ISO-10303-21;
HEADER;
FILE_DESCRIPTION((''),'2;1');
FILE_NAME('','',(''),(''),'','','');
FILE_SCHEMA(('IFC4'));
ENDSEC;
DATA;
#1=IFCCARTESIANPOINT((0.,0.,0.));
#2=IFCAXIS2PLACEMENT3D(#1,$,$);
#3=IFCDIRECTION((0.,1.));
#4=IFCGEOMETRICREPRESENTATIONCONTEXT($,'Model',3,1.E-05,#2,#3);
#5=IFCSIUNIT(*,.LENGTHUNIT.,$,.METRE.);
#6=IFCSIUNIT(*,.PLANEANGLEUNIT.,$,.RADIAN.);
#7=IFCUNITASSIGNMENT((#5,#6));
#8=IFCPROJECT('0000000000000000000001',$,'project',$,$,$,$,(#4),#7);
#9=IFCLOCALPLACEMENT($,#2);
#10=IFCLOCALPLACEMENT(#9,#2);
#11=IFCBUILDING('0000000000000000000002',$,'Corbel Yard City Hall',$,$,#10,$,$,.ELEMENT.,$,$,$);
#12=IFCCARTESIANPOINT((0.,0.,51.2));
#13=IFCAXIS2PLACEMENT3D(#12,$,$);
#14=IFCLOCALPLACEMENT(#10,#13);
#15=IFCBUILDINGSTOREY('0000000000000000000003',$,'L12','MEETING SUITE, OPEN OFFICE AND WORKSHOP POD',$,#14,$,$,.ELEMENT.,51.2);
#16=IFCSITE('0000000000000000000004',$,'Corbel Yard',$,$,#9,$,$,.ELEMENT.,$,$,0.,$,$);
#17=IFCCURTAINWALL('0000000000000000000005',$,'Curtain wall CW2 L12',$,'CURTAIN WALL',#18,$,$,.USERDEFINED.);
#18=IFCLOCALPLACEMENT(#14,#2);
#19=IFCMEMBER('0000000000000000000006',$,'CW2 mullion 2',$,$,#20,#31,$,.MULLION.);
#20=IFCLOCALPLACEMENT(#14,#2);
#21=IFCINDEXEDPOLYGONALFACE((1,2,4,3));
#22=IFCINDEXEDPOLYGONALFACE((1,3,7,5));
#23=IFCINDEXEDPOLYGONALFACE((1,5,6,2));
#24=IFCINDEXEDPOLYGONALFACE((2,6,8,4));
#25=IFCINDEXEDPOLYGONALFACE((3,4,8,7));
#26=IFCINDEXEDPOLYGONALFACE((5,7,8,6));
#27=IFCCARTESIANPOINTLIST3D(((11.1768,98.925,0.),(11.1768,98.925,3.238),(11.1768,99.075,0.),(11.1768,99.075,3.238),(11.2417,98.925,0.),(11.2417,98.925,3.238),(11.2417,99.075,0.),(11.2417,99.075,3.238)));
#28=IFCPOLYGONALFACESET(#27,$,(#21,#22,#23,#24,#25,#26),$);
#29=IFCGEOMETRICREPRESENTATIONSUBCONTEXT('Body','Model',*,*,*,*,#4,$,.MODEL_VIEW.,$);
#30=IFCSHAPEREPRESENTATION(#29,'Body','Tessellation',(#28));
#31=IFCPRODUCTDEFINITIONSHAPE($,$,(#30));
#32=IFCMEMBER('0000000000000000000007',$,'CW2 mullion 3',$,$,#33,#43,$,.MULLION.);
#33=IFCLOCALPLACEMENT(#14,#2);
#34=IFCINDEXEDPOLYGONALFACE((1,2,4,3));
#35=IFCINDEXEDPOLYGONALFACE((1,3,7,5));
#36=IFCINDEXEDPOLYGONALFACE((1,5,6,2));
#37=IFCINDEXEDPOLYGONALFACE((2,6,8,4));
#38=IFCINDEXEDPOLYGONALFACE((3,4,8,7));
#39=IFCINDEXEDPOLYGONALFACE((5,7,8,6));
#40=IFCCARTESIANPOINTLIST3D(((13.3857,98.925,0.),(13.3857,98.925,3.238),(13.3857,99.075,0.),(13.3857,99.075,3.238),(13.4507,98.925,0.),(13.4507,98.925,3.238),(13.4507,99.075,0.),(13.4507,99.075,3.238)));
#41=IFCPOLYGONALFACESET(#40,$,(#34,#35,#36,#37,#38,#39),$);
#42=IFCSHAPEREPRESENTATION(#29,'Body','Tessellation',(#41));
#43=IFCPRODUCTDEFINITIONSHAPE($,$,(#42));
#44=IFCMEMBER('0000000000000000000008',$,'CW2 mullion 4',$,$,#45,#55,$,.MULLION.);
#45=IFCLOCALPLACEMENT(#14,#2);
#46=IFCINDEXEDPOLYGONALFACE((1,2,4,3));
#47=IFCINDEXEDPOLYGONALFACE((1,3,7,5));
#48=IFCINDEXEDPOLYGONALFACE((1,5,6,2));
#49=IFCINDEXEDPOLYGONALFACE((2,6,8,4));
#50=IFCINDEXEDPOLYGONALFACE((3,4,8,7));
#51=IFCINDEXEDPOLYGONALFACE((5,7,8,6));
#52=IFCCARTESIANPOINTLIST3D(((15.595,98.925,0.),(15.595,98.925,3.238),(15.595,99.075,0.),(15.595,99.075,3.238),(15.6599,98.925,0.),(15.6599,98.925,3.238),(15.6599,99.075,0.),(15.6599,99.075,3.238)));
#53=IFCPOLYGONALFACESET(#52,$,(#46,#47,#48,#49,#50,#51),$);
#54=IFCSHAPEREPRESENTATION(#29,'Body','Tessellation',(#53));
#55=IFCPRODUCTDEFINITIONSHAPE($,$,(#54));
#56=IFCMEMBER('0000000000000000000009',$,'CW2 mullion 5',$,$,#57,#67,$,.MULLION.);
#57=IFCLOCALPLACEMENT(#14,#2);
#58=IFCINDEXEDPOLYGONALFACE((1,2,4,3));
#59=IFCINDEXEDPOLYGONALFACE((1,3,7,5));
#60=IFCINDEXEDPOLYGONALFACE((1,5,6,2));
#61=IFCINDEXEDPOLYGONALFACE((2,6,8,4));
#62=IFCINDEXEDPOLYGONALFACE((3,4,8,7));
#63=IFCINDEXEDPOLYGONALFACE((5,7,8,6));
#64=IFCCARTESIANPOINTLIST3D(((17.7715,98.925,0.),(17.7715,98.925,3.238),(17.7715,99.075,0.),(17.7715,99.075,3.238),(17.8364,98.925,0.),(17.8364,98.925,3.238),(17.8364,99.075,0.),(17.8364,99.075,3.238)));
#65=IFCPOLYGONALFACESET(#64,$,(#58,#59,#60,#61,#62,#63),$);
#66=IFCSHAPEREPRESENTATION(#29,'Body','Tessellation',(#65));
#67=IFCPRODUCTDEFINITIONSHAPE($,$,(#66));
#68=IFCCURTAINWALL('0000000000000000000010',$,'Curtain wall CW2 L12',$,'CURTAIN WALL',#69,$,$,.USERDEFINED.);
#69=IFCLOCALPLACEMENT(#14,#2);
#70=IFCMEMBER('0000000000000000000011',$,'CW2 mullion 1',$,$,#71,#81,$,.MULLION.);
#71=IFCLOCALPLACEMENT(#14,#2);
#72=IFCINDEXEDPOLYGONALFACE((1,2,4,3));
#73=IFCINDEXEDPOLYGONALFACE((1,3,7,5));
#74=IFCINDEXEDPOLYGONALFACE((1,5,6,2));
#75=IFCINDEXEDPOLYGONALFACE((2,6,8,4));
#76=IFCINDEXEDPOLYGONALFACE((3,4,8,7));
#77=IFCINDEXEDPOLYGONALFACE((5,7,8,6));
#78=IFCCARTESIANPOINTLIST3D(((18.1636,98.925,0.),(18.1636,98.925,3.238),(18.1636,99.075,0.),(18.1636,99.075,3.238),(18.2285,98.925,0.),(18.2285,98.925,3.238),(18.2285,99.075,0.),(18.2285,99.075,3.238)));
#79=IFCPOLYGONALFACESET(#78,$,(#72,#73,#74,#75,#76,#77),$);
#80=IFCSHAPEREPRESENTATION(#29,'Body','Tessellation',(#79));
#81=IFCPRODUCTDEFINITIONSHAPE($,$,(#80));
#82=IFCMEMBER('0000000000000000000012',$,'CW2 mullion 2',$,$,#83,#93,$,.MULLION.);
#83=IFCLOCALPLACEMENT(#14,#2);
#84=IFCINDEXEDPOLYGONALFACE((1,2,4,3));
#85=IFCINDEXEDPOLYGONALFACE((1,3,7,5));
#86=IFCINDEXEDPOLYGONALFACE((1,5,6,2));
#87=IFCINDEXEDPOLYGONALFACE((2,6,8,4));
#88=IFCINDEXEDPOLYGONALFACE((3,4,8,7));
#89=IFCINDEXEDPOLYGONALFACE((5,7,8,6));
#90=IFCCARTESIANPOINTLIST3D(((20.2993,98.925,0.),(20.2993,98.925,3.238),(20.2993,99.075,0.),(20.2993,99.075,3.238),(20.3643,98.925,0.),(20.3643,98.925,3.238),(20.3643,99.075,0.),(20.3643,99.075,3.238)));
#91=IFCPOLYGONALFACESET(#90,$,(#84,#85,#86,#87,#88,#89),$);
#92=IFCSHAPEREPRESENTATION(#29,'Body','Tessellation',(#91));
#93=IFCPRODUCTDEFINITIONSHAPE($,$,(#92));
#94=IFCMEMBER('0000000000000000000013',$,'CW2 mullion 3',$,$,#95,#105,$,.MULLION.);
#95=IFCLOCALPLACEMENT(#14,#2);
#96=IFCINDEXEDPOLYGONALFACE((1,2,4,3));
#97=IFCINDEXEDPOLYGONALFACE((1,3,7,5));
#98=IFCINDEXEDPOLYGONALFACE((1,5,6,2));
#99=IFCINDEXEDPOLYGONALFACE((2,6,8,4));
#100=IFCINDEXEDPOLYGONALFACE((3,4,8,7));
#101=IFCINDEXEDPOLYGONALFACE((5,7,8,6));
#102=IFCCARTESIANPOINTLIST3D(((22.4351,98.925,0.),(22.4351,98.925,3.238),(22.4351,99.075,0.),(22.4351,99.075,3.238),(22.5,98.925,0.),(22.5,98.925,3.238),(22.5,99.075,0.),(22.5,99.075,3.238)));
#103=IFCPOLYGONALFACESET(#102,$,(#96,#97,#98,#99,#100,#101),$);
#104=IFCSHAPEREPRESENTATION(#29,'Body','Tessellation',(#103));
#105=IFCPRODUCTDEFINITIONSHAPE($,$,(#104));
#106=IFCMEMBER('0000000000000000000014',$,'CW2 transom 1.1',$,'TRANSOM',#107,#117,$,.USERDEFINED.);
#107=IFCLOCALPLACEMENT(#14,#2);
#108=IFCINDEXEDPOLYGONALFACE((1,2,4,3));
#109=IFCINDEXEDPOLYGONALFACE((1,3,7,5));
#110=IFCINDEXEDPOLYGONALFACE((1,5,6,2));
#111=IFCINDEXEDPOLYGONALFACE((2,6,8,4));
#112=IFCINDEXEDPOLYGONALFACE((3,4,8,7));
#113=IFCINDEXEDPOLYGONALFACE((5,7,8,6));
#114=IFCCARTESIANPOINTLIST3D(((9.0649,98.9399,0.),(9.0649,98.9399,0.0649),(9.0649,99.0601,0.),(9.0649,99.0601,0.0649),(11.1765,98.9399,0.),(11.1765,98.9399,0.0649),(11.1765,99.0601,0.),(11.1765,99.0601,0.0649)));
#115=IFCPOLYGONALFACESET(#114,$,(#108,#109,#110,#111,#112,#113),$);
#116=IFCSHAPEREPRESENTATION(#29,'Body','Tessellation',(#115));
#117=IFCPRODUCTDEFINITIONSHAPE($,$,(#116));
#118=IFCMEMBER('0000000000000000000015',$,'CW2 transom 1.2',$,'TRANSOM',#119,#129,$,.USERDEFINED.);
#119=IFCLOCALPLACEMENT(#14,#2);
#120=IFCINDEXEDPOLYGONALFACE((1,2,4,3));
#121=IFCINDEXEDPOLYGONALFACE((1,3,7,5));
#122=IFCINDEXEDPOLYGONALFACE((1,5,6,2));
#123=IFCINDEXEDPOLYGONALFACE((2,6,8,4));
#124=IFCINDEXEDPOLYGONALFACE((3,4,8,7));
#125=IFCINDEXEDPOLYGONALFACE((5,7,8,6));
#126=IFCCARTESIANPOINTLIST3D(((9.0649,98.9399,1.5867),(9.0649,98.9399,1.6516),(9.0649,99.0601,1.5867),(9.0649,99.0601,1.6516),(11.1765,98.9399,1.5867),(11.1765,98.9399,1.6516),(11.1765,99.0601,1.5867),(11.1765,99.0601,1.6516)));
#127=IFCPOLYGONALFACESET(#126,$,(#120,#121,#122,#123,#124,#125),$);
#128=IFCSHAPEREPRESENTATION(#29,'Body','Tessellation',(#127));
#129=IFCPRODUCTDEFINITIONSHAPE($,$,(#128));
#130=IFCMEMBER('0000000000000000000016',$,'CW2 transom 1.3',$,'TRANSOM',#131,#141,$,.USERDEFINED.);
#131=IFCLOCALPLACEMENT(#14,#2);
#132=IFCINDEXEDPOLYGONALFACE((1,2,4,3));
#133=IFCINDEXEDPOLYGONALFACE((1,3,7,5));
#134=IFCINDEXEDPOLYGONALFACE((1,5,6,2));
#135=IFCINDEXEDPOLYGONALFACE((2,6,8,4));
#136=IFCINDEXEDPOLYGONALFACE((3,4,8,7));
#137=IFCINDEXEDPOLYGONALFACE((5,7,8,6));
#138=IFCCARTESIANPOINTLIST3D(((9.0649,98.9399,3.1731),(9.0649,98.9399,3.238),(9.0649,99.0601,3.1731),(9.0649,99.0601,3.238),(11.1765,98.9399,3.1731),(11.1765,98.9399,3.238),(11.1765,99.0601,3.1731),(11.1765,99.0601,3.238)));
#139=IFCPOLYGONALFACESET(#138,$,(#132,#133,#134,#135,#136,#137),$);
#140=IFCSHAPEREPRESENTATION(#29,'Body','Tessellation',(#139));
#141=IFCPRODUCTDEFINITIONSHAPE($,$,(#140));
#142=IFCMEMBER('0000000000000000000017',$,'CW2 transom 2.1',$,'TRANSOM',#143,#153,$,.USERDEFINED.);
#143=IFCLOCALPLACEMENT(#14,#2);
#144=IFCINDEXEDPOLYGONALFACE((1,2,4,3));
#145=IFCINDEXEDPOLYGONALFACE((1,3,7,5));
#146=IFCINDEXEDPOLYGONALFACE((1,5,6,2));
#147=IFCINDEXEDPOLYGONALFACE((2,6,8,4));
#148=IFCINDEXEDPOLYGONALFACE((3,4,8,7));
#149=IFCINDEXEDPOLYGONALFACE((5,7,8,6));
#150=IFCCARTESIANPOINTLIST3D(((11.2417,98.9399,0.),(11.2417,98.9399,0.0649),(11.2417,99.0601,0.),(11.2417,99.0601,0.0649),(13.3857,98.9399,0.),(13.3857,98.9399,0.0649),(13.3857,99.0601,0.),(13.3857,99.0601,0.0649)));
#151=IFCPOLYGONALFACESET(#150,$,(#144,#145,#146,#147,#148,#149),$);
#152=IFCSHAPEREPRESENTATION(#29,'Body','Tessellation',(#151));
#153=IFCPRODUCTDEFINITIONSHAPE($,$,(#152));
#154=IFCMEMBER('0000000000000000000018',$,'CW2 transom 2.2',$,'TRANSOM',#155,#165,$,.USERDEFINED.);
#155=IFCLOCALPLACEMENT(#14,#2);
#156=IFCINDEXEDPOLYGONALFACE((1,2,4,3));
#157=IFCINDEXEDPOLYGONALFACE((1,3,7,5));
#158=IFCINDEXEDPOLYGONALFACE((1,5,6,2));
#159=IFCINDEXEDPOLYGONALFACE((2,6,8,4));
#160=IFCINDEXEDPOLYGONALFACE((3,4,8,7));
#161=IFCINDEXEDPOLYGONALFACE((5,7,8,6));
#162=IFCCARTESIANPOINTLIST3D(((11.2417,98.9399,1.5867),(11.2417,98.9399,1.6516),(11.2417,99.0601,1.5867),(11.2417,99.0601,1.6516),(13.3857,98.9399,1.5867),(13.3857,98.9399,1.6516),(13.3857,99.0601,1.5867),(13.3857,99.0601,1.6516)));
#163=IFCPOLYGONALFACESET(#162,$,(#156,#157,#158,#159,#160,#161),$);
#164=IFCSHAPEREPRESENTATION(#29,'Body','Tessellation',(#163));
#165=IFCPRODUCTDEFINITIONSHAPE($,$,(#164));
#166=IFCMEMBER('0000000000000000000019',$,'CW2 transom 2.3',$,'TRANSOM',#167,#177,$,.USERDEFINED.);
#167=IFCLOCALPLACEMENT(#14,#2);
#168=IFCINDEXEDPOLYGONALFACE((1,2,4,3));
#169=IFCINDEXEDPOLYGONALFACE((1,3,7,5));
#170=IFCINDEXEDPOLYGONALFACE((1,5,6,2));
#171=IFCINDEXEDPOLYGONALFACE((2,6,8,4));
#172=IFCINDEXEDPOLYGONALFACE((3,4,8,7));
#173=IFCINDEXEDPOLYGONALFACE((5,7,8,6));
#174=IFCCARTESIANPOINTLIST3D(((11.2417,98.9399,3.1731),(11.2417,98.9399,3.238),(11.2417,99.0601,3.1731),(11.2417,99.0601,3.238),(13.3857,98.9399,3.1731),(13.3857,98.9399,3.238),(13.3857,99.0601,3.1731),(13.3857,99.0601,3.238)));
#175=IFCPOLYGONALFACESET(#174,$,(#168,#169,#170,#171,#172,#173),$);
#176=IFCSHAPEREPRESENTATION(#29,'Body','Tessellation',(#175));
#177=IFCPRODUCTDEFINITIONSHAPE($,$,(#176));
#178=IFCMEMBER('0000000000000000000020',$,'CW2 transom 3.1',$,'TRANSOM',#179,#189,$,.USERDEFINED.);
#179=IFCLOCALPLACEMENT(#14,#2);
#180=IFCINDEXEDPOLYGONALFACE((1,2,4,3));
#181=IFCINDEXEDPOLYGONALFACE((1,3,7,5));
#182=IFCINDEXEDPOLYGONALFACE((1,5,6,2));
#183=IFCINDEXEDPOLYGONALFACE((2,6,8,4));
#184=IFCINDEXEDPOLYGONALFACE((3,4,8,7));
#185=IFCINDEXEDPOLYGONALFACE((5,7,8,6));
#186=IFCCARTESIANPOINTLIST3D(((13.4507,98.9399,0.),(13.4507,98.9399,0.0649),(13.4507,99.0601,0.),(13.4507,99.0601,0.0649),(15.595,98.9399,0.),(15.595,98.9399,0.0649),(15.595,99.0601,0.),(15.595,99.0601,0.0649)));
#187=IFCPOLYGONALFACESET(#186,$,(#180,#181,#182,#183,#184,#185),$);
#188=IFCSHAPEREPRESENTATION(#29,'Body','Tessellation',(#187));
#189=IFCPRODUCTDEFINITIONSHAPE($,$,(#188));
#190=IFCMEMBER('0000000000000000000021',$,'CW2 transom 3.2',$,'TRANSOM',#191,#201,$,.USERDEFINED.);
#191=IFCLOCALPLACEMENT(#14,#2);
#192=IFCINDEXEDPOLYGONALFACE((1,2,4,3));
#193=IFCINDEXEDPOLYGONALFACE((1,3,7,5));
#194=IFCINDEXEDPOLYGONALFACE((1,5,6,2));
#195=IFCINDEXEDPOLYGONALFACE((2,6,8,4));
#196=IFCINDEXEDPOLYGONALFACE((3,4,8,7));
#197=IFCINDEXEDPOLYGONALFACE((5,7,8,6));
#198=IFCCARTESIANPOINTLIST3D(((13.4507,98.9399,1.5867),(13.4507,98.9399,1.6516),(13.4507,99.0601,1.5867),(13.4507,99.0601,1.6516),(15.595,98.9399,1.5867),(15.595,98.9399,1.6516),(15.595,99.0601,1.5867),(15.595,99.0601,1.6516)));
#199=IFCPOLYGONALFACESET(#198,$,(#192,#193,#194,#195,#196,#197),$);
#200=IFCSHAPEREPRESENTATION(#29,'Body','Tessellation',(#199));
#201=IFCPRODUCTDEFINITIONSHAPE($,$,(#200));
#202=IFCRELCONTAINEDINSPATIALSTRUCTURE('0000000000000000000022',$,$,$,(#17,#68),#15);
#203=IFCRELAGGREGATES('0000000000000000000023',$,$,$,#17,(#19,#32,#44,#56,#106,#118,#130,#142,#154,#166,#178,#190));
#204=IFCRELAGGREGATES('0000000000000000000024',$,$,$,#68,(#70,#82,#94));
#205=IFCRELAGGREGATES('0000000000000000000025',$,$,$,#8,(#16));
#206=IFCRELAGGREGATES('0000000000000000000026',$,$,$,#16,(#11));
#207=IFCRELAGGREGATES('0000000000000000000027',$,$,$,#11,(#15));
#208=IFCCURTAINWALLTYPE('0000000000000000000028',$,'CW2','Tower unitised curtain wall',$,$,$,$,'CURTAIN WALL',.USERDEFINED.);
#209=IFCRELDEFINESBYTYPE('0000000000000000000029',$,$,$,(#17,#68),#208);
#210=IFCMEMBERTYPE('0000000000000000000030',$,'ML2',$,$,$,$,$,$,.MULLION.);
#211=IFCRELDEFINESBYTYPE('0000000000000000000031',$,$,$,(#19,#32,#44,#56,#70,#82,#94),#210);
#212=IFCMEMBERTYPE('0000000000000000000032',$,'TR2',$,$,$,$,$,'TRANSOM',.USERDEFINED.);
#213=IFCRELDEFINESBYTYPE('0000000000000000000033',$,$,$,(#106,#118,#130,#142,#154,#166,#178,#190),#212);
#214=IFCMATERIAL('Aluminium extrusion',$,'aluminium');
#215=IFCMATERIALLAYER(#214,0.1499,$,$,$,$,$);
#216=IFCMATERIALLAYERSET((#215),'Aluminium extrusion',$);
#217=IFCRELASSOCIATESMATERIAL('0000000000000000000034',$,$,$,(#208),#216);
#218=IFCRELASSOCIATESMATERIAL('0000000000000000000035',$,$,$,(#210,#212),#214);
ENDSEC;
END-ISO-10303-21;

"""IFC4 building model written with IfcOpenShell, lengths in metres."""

from ifc_helpers import new_model, si_unit, direction, frame, origin, origin_2d, place, context, subcontext, project, spatial, rectangle, extrude, material, layer, layer_set, material_profile, profile_set, type_object, element, aggregate, save


model = new_model("IFC4")

# Units and contexts
model_context = context("Model", 3, precision=1e-05, world=origin(), true_north=direction((0.0, 1.0)))
body_context = subcontext(model_context, "Body", "Model", "MODEL_VIEW")
ifc_project = project(units=[si_unit("LENGTHUNIT", "METRE"), si_unit("PLANEANGLEUNIT", "RADIAN")], contexts=[model_context])

# Site, building, storey
site_placement = place(None, origin())
site = spatial("IfcSite", under=ifc_project, at=site_placement, Name="Corbel Yard", CompositionType="ELEMENT", RefElevation=0.0)
building_placement = place(site_placement, origin())
building = spatial("IfcBuilding", under=site, at=building_placement, Name="Corbel Yard City Hall", CompositionType="ELEMENT")
storey_placement = place(building_placement, frame((0.0, 0.0, 51.2)))
storey = spatial("IfcBuildingStorey", under=building, at=storey_placement, Name="L12", Description="MEETING SUITE, OPEN OFFICE AND WORKSHOP POD", CompositionType="ELEMENT", Elevation=51.2)

# Curtain walls, members
ifc_material_1 = material(Name="Aluminium extrusion", Category="aluminium")
ifc_layer_1 = layer(ifc_material_1, 0.1499)
ifc_layer_set_1 = layer_set([ifc_layer_1], Name="Aluminium extrusion")
curtain_wall_type = type_object("IfcCurtainWallType", Name="CW2", Description="Tower unitised curtain wall", ElementType="CURTAIN WALL", PredefinedType="USERDEFINED", material=ifc_layer_set_1)
curtain_wall_1_placement = place(storey_placement, origin())
curtain_wall_1 = element("IfcCurtainWall", 1, at=curtain_wall_1_placement, inside=storey, type_object=curtain_wall_type, Name="Curtain wall CW2 L12", ObjectType="CURTAIN WALL", PredefinedType="USERDEFINED")
ifc_material_profile_1 = material_profile(ifc_material_1, rectangle(XDim=0.1499, YDim=0.0649, at=origin_2d()), Name="150x65")
ifc_profile_set_1 = profile_set([ifc_material_profile_1], Name="Aluminium extrusion")
member_type_1 = type_object("IfcMemberType", Name="ML2", PredefinedType="MULLION", material=ifc_profile_set_1)
member_1_placement = place(storey_placement, frame((11.2092, 99.0, 0.0), z_axis=(0.0, 0.0, 1.0), x_axis=(0.0, 1.0, 0.0)))
member_1 = element("IfcMember", 2, at=member_1_placement, type_object=member_type_1, Name="CW2 mullion 2", PredefinedType="MULLION", context=body_context, shape_type="SweptSolid", body=[
    extrude(rectangle(XDim=0.1499, YDim=0.0649, at=origin_2d()), origin(), (0.0, 0.0, 1.0), 3.238),
])
member_2_placement = place(storey_placement, frame((13.4182, 99.0, 0.0), z_axis=(0.0, 0.0, 1.0), x_axis=(0.0, 1.0, 0.0)))
member_2 = element("IfcMember", 3, at=member_2_placement, type_object=member_type_1, Name="CW2 mullion 3", PredefinedType="MULLION", context=body_context, shape_type="SweptSolid", body=[
    extrude(rectangle(XDim=0.1499, YDim=0.0649, at=origin_2d()), origin(), (0.0, 0.0, 1.0), 3.238),
])
member_3_placement = place(storey_placement, frame((15.6274, 99.0, 0.0), z_axis=(0.0, 0.0, 1.0), x_axis=(0.0, 1.0, 0.0)))
member_3 = element("IfcMember", 4, at=member_3_placement, type_object=member_type_1, Name="CW2 mullion 4", PredefinedType="MULLION", context=body_context, shape_type="SweptSolid", body=[
    extrude(rectangle(XDim=0.1499, YDim=0.0649, at=origin_2d()), origin(), (0.0, 0.0, 1.0), 3.238),
])
member_4_placement = place(storey_placement, frame((17.804, 99.0, 0.0), z_axis=(0.0, 0.0, 1.0), x_axis=(0.0, 1.0, 0.0)))
member_4 = element("IfcMember", 5, at=member_4_placement, type_object=member_type_1, Name="CW2 mullion 5", PredefinedType="MULLION", context=body_context, shape_type="SweptSolid", body=[
    extrude(rectangle(XDim=0.1499, YDim=0.0649, at=origin_2d()), origin(), (0.0, 0.0, 1.0), 3.238),
])
curtain_wall_2_placement = place(storey_placement, origin())
curtain_wall_2 = element("IfcCurtainWall", 6, at=curtain_wall_2_placement, inside=storey, type_object=curtain_wall_type, Name="Curtain wall CW2 L12", ObjectType="CURTAIN WALL", PredefinedType="USERDEFINED")
member_5_placement = place(storey_placement, frame((18.196, 99.0, 0.0), z_axis=(0.0, 0.0, 1.0), x_axis=(0.0, 1.0, 0.0)))
member_5 = element("IfcMember", 7, at=member_5_placement, type_object=member_type_1, Name="CW2 mullion 1", PredefinedType="MULLION", context=body_context, shape_type="SweptSolid", body=[
    extrude(rectangle(XDim=0.1499, YDim=0.0649, at=origin_2d()), origin(), (0.0, 0.0, 1.0), 3.238),
])
member_6_placement = place(storey_placement, frame((20.3318, 99.0, 0.0), z_axis=(0.0, 0.0, 1.0), x_axis=(0.0, 1.0, 0.0)))
member_6 = element("IfcMember", 8, at=member_6_placement, type_object=member_type_1, Name="CW2 mullion 2", PredefinedType="MULLION", context=body_context, shape_type="SweptSolid", body=[
    extrude(rectangle(XDim=0.1499, YDim=0.0649, at=origin_2d()), origin(), (0.0, 0.0, 1.0), 3.238),
])
member_7_placement = place(storey_placement, frame((22.4675, 99.0, 0.0), z_axis=(0.0, 0.0, 1.0), x_axis=(0.0, 1.0, 0.0)))
member_7 = element("IfcMember", 9, at=member_7_placement, type_object=member_type_1, Name="CW2 mullion 3", PredefinedType="MULLION", context=body_context, shape_type="SweptSolid", body=[
    extrude(rectangle(XDim=0.1499, YDim=0.0649, at=origin_2d()), origin(), (0.0, 0.0, 1.0), 3.238),
])

# Members
ifc_material_profile_2 = material_profile(ifc_material_1, rectangle(XDim=0.1201, YDim=0.0649, at=origin_2d()), Name="120x65")
ifc_profile_set_2 = profile_set([ifc_material_profile_2], Name="Aluminium extrusion")
member_type_2 = type_object("IfcMemberType", Name="TR2", ElementType="TRANSOM", PredefinedType="USERDEFINED", material=ifc_profile_set_2)
member_8_placement = place(storey_placement, frame((9.0649, 99.0, 0.0325), z_axis=(1.0, 0.0, 0.0), x_axis=(0.0, 1.0, 0.0)))
member_8 = element("IfcMember", 10, at=member_8_placement, type_object=member_type_2, Name="CW2 transom 1.1", ObjectType="TRANSOM", PredefinedType="USERDEFINED", context=body_context, shape_type="SweptSolid", body=[
    extrude(rectangle(XDim=0.1201, YDim=0.0649, at=origin_2d()), origin(), (0.0, 0.0, 1.0), 2.1116),
])
member_9_placement = place(storey_placement, frame((9.0649, 99.0, 1.6191), z_axis=(1.0, 0.0, 0.0), x_axis=(0.0, 1.0, 0.0)))
member_9 = element("IfcMember", 11, at=member_9_placement, type_object=member_type_2, Name="CW2 transom 1.2", ObjectType="TRANSOM", PredefinedType="USERDEFINED", context=body_context, shape_type="SweptSolid", body=[
    extrude(rectangle(XDim=0.1201, YDim=0.0649, at=origin_2d()), origin(), (0.0, 0.0, 1.0), 2.1116),
])
member_10_placement = place(storey_placement, frame((9.0649, 99.0, 3.2056), z_axis=(1.0, 0.0, 0.0), x_axis=(0.0, 1.0, 0.0)))
member_10 = element("IfcMember", 12, at=member_10_placement, type_object=member_type_2, Name="CW2 transom 1.3", ObjectType="TRANSOM", PredefinedType="USERDEFINED", context=body_context, shape_type="SweptSolid", body=[
    extrude(rectangle(XDim=0.1201, YDim=0.0649, at=origin_2d()), origin(), (0.0, 0.0, 1.0), 2.1116),
])
member_11_placement = place(storey_placement, frame((11.2417, 99.0, 0.0325), z_axis=(1.0, 0.0, 0.0), x_axis=(0.0, 1.0, 0.0)))
member_11 = element("IfcMember", 13, at=member_11_placement, type_object=member_type_2, Name="CW2 transom 2.1", ObjectType="TRANSOM", PredefinedType="USERDEFINED", context=body_context, shape_type="SweptSolid", body=[
    extrude(rectangle(XDim=0.1201, YDim=0.0649, at=origin_2d()), origin(), (0.0, 0.0, 1.0), 2.144),
])
member_12_placement = place(storey_placement, frame((11.2417, 99.0, 1.6191), z_axis=(1.0, 0.0, 0.0), x_axis=(0.0, 1.0, 0.0)))
member_12 = element("IfcMember", 14, at=member_12_placement, type_object=member_type_2, Name="CW2 transom 2.2", ObjectType="TRANSOM", PredefinedType="USERDEFINED", context=body_context, shape_type="SweptSolid", body=[
    extrude(rectangle(XDim=0.1201, YDim=0.0649, at=origin_2d()), origin(), (0.0, 0.0, 1.0), 2.144),
])
member_13_placement = place(storey_placement, frame((11.2417, 99.0, 3.2056), z_axis=(1.0, 0.0, 0.0), x_axis=(0.0, 1.0, 0.0)))
member_13 = element("IfcMember", 15, at=member_13_placement, type_object=member_type_2, Name="CW2 transom 2.3", ObjectType="TRANSOM", PredefinedType="USERDEFINED", context=body_context, shape_type="SweptSolid", body=[
    extrude(rectangle(XDim=0.1201, YDim=0.0649, at=origin_2d()), origin(), (0.0, 0.0, 1.0), 2.144),
])
member_14_placement = place(storey_placement, frame((13.4507, 99.0, 0.0325), z_axis=(1.0, 0.0, 0.0), x_axis=(0.0, 1.0, 0.0)))
member_14 = element("IfcMember", 16, at=member_14_placement, type_object=member_type_2, Name="CW2 transom 3.1", ObjectType="TRANSOM", PredefinedType="USERDEFINED", context=body_context, shape_type="SweptSolid", body=[
    extrude(rectangle(XDim=0.1201, YDim=0.0649, at=origin_2d()), origin(), (0.0, 0.0, 1.0), 2.1443),
])
member_15_placement = place(storey_placement, frame((13.4507, 99.0, 1.6191), z_axis=(1.0, 0.0, 0.0), x_axis=(0.0, 1.0, 0.0)))
member_15 = element("IfcMember", 17, at=member_15_placement, type_object=member_type_2, Name="CW2 transom 3.2", ObjectType="TRANSOM", PredefinedType="USERDEFINED", context=body_context, shape_type="SweptSolid", body=[
    extrude(rectangle(XDim=0.1201, YDim=0.0649, at=origin_2d()), origin(), (0.0, 0.0, 1.0), 2.1443),
])

aggregate(curtain_wall_1, [member_1, member_2, member_3, member_4, member_8, member_9, member_10, member_11, member_12, member_13, member_14, member_15])
aggregate(curtain_wall_2, [member_5, member_6, member_7])

save(model, "model.ifc")
